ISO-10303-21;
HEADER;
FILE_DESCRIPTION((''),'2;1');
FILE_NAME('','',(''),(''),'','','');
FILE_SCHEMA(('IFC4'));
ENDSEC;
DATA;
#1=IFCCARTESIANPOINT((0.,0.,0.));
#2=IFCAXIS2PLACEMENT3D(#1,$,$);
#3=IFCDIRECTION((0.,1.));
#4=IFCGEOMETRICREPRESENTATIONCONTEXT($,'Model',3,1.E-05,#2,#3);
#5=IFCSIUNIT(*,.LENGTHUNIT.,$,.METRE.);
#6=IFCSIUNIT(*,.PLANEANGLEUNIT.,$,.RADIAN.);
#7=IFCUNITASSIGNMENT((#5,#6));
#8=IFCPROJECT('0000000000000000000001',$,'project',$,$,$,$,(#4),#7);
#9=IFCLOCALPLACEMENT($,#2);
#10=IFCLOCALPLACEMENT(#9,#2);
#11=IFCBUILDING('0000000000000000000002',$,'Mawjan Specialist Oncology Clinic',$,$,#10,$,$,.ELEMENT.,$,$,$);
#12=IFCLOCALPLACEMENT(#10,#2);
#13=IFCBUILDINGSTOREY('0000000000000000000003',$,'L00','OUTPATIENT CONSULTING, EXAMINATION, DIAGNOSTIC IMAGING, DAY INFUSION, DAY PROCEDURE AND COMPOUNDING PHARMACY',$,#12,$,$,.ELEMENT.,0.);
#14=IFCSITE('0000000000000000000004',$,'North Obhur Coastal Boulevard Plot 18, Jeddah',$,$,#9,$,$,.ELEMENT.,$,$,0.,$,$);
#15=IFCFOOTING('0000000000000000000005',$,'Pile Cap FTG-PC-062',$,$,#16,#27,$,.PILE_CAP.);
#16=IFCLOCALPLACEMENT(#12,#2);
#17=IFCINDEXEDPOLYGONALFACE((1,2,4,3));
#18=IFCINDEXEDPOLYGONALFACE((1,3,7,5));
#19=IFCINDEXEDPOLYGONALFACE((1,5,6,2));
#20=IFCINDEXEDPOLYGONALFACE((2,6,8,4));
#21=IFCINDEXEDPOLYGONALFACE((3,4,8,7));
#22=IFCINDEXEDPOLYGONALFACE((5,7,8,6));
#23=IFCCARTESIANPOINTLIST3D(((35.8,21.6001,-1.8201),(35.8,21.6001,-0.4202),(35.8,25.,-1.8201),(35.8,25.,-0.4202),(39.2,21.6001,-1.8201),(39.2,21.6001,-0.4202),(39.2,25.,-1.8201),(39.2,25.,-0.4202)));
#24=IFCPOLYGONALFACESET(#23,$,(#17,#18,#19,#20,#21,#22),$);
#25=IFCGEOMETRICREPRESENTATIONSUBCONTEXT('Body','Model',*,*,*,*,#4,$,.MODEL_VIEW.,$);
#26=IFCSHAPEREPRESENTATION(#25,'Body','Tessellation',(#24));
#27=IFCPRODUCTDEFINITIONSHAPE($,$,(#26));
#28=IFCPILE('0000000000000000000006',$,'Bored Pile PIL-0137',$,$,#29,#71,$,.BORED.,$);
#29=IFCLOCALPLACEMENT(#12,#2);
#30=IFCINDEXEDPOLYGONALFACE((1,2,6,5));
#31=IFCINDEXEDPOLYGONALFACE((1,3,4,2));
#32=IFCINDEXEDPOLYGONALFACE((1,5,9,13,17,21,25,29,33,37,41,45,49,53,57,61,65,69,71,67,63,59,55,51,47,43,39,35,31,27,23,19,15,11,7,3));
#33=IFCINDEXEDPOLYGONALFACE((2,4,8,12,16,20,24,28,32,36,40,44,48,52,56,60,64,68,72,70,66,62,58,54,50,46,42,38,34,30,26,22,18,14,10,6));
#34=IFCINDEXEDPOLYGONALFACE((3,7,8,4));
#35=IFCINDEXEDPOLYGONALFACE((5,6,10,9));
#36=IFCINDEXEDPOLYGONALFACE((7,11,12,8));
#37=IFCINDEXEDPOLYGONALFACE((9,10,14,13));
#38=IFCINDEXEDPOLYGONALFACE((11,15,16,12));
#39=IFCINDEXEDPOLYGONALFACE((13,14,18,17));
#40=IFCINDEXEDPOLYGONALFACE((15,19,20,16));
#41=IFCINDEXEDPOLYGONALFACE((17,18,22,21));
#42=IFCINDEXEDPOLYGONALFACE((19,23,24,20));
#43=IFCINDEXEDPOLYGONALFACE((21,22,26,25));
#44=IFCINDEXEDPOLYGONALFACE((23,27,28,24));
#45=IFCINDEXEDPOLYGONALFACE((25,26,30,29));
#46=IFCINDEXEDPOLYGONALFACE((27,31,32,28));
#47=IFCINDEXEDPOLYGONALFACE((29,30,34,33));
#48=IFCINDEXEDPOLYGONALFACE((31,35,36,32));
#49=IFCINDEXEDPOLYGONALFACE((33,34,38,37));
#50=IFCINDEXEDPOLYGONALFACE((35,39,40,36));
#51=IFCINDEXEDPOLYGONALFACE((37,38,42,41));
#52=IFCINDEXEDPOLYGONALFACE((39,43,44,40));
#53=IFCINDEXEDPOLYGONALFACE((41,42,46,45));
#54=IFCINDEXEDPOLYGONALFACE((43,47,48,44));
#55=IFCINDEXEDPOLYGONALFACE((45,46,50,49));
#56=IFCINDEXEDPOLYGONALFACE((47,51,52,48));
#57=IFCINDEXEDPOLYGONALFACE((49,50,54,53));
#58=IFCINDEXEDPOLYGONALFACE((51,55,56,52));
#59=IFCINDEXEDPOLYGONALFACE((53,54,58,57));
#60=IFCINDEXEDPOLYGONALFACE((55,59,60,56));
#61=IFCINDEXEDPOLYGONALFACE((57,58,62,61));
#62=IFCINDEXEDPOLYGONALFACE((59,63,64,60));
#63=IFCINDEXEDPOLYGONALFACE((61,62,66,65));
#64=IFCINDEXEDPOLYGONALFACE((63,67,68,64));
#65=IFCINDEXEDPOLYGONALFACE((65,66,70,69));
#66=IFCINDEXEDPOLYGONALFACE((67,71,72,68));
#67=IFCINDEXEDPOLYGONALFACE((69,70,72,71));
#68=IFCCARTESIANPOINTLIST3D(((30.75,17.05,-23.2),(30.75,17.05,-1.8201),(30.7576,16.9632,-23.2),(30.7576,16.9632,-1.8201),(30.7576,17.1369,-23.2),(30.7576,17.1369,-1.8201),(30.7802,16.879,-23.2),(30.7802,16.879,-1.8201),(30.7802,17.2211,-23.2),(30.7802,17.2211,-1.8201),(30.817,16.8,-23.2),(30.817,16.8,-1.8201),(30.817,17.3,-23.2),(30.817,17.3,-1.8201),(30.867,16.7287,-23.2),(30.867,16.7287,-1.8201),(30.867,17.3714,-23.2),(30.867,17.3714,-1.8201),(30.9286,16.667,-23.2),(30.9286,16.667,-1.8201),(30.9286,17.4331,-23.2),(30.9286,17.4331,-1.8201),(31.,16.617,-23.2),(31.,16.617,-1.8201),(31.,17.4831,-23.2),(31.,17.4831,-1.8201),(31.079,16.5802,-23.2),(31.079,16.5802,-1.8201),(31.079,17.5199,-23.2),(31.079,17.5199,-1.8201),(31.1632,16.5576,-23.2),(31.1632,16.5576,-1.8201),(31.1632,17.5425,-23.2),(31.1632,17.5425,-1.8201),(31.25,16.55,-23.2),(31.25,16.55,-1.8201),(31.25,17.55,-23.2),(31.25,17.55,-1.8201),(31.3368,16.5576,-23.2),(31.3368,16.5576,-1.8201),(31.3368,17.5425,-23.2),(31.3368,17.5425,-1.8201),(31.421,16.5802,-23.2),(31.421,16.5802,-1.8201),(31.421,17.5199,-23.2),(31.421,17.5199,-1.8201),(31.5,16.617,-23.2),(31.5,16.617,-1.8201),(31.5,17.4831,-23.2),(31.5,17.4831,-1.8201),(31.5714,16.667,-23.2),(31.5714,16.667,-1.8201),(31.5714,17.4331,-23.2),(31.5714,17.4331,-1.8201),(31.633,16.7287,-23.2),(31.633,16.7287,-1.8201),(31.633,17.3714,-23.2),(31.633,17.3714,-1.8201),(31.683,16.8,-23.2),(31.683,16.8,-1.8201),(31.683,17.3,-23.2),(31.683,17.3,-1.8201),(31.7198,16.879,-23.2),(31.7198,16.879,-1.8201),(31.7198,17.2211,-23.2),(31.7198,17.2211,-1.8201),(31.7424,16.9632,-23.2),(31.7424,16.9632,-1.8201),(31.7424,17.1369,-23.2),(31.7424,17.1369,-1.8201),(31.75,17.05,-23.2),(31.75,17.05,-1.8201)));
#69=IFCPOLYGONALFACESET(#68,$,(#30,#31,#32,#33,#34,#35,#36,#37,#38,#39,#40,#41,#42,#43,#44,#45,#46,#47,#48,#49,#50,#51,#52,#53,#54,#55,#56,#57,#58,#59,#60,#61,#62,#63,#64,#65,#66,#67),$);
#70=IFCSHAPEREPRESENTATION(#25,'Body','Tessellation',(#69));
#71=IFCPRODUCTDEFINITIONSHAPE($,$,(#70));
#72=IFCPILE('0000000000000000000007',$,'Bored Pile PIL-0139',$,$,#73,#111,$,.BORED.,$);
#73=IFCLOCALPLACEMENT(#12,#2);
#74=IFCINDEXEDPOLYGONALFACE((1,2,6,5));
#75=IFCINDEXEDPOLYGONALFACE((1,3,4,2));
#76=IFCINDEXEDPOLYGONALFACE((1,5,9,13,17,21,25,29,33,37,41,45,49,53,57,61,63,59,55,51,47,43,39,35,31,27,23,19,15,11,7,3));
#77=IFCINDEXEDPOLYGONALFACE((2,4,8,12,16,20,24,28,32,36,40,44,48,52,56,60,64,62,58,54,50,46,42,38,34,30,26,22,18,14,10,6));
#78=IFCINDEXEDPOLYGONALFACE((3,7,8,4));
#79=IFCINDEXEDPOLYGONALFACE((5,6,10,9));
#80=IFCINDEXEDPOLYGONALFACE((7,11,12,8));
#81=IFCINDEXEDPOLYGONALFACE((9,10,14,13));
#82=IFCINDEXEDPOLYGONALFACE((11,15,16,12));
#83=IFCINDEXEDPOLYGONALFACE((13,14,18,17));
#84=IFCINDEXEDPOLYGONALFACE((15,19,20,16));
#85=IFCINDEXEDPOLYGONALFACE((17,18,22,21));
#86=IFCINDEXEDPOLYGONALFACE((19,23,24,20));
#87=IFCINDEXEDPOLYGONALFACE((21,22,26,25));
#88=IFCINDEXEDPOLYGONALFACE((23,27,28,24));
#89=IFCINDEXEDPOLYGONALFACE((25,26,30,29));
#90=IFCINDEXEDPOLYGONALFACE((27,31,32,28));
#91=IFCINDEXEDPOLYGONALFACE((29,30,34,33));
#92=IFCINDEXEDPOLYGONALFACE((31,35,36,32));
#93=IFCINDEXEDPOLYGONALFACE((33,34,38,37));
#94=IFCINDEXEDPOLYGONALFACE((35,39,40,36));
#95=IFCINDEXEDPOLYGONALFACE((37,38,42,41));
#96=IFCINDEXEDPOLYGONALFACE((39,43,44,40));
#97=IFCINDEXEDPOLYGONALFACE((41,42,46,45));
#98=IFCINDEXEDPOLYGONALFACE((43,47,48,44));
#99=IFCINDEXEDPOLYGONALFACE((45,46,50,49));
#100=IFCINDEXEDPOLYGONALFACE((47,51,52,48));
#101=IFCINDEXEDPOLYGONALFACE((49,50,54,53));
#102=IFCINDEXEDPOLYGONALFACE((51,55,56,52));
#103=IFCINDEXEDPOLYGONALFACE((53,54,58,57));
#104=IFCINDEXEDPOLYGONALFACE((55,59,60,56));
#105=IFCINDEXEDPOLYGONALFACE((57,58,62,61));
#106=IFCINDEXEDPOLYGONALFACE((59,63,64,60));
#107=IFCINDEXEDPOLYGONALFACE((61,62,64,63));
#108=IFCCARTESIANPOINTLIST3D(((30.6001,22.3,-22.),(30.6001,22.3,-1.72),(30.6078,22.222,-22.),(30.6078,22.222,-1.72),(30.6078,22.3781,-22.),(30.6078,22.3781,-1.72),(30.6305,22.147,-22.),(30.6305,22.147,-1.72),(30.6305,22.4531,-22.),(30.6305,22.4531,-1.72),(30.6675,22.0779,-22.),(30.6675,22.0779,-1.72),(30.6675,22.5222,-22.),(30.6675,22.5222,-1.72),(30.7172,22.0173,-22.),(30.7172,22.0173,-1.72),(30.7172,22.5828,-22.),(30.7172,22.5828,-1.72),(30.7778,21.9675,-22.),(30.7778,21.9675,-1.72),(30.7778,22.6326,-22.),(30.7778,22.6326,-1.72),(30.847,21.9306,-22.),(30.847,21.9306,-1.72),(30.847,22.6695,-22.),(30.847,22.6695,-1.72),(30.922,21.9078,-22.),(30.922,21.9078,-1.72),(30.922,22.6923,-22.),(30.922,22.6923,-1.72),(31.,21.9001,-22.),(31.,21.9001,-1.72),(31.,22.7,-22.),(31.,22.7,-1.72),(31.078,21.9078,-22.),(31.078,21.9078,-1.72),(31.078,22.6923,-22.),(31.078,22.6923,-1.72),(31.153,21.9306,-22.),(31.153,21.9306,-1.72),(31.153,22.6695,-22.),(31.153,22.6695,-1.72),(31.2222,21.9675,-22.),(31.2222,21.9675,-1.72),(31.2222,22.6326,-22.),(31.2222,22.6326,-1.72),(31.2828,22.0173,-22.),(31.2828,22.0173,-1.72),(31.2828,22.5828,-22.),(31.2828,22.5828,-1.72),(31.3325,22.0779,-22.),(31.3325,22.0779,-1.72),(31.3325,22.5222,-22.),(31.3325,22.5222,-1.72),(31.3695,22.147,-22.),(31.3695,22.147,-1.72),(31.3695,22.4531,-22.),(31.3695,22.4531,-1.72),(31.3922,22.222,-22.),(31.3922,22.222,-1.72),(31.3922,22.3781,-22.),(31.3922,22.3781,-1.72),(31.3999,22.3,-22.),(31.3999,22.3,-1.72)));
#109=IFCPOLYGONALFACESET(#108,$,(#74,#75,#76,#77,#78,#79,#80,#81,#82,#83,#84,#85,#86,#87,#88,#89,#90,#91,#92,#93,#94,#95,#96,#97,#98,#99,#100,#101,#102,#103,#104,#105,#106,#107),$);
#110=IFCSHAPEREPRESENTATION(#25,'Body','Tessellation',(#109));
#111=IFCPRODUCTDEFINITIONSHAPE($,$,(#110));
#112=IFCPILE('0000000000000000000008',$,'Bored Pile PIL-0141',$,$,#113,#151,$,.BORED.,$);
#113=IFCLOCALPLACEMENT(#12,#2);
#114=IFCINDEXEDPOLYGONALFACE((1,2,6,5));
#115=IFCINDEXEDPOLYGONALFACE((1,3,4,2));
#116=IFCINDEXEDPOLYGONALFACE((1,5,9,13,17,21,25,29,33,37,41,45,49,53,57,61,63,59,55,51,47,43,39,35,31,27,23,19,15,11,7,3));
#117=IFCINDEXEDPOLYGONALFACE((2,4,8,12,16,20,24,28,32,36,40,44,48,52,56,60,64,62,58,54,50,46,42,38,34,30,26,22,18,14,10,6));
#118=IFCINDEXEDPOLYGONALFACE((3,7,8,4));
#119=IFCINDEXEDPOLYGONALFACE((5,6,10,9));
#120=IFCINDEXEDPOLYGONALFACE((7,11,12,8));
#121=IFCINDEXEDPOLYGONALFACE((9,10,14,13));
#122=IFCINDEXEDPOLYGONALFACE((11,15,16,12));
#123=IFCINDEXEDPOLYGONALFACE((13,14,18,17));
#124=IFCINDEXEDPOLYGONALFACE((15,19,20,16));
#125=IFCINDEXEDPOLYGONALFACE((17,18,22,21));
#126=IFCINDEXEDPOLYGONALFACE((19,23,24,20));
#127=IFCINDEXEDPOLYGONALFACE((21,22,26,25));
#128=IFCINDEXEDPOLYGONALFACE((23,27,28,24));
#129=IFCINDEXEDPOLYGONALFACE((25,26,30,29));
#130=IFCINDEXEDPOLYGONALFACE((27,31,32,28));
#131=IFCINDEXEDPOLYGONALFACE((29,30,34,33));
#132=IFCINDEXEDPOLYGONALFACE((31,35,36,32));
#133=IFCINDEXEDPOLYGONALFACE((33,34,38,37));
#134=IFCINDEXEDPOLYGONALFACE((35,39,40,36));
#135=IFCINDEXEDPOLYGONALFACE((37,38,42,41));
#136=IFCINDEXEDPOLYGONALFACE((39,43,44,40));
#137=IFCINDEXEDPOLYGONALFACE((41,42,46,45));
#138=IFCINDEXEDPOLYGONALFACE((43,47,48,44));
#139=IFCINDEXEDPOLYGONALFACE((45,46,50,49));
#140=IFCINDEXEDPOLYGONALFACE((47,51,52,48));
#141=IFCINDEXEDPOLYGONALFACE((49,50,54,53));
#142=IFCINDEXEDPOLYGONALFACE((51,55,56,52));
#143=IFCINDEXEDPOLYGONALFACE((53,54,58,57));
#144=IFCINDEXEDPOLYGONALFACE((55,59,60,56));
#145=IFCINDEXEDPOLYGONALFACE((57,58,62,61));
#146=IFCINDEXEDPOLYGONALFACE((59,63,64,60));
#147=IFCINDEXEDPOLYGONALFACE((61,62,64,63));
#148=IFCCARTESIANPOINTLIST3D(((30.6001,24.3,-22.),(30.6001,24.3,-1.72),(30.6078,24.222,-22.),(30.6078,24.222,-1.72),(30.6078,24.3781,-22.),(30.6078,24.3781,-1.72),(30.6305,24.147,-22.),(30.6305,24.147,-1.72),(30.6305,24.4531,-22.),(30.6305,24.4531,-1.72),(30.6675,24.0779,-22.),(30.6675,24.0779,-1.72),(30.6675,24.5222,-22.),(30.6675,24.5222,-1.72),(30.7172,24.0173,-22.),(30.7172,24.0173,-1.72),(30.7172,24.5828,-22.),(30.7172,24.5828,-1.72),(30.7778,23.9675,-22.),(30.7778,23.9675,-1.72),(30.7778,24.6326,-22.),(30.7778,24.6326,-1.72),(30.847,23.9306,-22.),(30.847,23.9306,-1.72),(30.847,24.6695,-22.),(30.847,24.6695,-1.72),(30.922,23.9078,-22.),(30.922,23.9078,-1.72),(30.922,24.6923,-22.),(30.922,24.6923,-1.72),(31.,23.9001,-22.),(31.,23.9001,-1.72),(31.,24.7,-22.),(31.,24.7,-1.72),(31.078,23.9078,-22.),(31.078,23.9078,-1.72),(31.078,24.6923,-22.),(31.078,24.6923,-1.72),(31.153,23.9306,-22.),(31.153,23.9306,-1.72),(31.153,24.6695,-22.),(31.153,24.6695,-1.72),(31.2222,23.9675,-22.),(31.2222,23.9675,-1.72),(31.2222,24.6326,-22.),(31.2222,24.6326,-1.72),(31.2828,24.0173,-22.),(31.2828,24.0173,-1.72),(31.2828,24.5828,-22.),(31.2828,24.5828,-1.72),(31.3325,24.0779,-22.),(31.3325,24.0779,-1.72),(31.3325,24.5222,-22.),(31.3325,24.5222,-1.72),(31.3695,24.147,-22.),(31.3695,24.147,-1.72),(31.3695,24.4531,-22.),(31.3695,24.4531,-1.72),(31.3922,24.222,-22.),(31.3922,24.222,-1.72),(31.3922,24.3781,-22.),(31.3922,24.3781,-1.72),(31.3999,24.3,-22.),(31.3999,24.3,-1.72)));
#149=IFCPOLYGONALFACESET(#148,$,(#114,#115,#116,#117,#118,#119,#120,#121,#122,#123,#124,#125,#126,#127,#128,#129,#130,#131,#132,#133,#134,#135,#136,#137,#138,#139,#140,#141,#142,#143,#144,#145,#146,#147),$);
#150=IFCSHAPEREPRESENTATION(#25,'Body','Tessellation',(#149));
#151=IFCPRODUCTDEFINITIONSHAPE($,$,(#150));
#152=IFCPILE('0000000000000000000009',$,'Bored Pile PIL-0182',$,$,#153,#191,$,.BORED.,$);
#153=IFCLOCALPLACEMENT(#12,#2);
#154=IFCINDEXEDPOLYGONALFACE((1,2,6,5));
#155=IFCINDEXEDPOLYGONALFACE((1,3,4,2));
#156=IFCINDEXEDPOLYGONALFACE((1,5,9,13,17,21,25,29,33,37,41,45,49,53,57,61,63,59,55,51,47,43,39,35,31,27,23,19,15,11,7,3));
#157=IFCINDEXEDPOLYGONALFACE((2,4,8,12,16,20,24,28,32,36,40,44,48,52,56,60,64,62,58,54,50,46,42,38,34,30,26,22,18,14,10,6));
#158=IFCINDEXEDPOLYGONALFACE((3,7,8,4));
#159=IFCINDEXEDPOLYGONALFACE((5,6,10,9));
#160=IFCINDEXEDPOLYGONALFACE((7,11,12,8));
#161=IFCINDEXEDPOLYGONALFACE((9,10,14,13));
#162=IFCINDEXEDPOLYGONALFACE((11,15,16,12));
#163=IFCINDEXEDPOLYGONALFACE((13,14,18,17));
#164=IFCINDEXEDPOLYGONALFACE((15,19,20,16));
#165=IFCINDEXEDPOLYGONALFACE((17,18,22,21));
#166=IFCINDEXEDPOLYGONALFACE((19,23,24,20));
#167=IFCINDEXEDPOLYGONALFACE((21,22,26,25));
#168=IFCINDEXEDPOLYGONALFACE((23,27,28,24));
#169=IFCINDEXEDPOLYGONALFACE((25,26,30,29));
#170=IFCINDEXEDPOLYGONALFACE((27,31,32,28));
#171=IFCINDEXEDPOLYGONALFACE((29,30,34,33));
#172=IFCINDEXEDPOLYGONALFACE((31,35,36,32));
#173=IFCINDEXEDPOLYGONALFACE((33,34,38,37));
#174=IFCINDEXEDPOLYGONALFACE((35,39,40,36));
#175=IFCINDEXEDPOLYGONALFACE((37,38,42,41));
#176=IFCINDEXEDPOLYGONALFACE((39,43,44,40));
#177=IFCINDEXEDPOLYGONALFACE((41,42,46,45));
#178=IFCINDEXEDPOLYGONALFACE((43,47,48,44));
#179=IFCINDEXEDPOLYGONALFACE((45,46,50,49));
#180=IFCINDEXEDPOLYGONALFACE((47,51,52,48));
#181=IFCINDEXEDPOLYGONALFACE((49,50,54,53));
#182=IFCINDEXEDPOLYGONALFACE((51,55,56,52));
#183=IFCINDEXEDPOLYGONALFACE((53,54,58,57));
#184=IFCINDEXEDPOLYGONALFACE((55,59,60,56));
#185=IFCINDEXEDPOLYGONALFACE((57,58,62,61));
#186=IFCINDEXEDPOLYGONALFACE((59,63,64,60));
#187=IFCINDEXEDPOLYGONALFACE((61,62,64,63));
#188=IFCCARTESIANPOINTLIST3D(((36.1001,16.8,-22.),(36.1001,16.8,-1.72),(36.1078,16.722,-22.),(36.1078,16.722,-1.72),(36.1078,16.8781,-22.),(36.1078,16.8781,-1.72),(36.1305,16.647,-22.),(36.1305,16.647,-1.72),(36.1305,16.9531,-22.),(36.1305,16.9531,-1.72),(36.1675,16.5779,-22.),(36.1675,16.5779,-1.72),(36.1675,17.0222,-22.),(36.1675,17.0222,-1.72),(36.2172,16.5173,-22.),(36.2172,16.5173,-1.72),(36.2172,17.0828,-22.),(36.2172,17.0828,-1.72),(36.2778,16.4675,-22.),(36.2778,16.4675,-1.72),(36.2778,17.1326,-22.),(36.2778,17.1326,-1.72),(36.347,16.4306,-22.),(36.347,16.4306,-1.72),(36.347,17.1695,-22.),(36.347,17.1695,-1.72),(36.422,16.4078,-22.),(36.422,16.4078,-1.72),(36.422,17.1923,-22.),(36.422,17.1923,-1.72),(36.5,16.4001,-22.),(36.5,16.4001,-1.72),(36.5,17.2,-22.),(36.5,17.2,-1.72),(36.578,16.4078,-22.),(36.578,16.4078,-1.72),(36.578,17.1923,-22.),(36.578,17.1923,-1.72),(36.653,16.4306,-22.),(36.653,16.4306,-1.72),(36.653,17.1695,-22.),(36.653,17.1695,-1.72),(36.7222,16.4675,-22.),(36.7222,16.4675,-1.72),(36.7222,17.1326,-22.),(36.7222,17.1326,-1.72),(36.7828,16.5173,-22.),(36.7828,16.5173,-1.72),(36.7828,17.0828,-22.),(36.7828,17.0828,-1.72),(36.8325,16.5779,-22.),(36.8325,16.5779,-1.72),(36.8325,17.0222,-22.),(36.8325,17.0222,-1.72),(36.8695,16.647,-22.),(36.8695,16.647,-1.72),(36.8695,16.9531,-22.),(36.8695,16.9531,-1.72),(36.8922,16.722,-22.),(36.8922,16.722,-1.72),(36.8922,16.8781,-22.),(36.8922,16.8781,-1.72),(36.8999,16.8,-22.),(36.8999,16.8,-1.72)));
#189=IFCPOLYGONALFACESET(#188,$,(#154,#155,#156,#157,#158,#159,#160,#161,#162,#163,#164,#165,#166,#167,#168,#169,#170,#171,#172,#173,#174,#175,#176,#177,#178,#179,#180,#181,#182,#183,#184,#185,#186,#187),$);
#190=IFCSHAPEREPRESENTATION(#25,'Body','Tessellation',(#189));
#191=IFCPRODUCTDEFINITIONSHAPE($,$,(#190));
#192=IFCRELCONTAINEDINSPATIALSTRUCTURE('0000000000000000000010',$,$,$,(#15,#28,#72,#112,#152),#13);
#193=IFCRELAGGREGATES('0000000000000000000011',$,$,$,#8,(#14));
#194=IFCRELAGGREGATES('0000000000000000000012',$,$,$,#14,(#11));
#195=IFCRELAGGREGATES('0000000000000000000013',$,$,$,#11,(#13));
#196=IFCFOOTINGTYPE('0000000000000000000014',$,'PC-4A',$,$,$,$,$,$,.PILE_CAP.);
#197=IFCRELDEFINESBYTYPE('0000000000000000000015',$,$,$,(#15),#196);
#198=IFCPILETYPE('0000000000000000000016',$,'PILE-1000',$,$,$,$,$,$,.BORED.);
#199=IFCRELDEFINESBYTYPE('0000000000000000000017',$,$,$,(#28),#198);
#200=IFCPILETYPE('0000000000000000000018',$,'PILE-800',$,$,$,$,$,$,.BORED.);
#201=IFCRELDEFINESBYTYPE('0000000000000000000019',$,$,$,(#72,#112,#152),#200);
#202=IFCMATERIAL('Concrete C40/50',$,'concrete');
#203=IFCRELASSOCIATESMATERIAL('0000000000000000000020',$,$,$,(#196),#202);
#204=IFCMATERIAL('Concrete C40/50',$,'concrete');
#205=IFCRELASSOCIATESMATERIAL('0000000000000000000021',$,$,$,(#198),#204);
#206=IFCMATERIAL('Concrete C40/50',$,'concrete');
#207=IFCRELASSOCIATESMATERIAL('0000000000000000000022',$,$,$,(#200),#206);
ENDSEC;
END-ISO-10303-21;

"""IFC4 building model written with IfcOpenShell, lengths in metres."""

from ifc_helpers import new_model, si_unit, direction, frame, origin, origin_2d, place, context, subcontext, project, spatial, rectangle, circle, extrude, material, material_profile, profile_set, type_object, element, save


model = new_model("IFC4")

# Units and contexts
model_context = context("Model", 3, precision=1e-05, world=origin(), true_north=direction((0.0, 1.0)))
body_context = subcontext(model_context, "Body", "Model", "MODEL_VIEW")
ifc_project = project(units=[si_unit("LENGTHUNIT", "METRE"), si_unit("PLANEANGLEUNIT", "RADIAN")], contexts=[model_context])

# Site, building, storey
site_placement = place(None, origin())
site = spatial("IfcSite", under=ifc_project, at=site_placement, Name="North Obhur Coastal Boulevard Plot 18, Jeddah", CompositionType="ELEMENT", RefElevation=0.0)
building_placement = place(site_placement, origin())
building = spatial("IfcBuilding", under=site, at=building_placement, Name="Mawjan Specialist Oncology Clinic", CompositionType="ELEMENT")
storey_placement = place(building_placement, origin())
storey = spatial("IfcBuildingStorey", under=building, at=storey_placement, Name="L00", Description="OUTPATIENT CONSULTING, EXAMINATION, DIAGNOSTIC IMAGING, DAY INFUSION, DAY PROCEDURE AND COMPOUNDING PHARMACY", CompositionType="ELEMENT", Elevation=0.0)

# Footing
ifc_material_1 = material(Name="Concrete C40/50", Category="concrete")
footing_type_1 = type_object("IfcFootingType", Name="PC-4A", PredefinedType="PILE_CAP", material=ifc_material_1)
footing_1_placement = place(storey_placement, frame((37.5, 23.3, -1.8201), z_axis=(0.0, 0.0, 1.0), x_axis=(1.0, 0.0, 0.0)))
element("IfcFooting", 1, at=footing_1_placement, inside=storey, type_object=footing_type_1, Name="Pile Cap FTG-PC-062", PredefinedType="PILE_CAP", context=body_context, shape_type="SweptSolid", body=[
    extrude(rectangle(XDim=3.3999, YDim=3.3999, at=origin_2d()), origin(), (0.0, 0.0, 1.0), 1.3999),
])

# Piles
ifc_material_2 = material(Name="Concrete C40/50", Category="concrete")
ifc_material_profile_1 = material_profile(ifc_material_2, circle(Radius=0.5, at=origin_2d()), Name="BORED PILE D1000", Category="concrete")
ifc_profile_set_1 = profile_set([ifc_material_profile_1], Name="Concrete C40/50")
pile_type_1 = type_object("IfcPileType", Name="PILE-1000", PredefinedType="BORED", material=ifc_profile_set_1)
pile_placement = place(storey_placement, frame((31.25, 17.05, -1.8201), z_axis=(0.0, 0.0, -1.0), x_axis=(1.0, 0.0, 0.0)))
element("IfcPile", 2, at=pile_placement, inside=storey, type_object=pile_type_1, Name="Bored Pile PIL-0137", PredefinedType="BORED", context=body_context, shape_type="SweptSolid", body=[
    extrude(circle(Radius=0.5, at=origin_2d()), origin(), (0.0, 0.0, 1.0), 21.3799),
])
ifc_material_3 = material(Name="Concrete C40/50", Category="concrete")
ifc_material_profile_2 = material_profile(ifc_material_3, circle(Radius=0.3999, at=origin_2d()), Name="BORED PILE D800", Category="concrete")
ifc_profile_set_2 = profile_set([ifc_material_profile_2], Name="Concrete C40/50")
pile_type_2 = type_object("IfcPileType", Name="PILE-800", PredefinedType="BORED", material=ifc_profile_set_2)
for number, where, z_axis, x_axis, name in (
    (3, (31.0, 22.3, -1.72), (0.0, 0.0, -1.0), (1.0, 0.0, 0.0), "Bored Pile PIL-0139"),
    (4, (31.0, 24.3, -1.72), (0.0, 0.0, -1.0), (1.0, 0.0, 0.0), "Bored Pile PIL-0141"),
    (5, (36.5, 16.8, -1.72), (0.0, 0.0, -1.0), (1.0, 0.0, 0.0), "Bored Pile PIL-0182"),
):
    element("IfcPile", number, at=place(storey_placement, frame(where, z_axis=z_axis, x_axis=x_axis)), inside=storey, type_object=pile_type_2, Name=name, PredefinedType="BORED", context=body_context, shape_type="SweptSolid", body=[
        extrude(circle(Radius=0.3999, at=origin_2d()), origin(), (0.0, 0.0, 1.0), 20.28),
    ])

save(model, "model.ifc")
